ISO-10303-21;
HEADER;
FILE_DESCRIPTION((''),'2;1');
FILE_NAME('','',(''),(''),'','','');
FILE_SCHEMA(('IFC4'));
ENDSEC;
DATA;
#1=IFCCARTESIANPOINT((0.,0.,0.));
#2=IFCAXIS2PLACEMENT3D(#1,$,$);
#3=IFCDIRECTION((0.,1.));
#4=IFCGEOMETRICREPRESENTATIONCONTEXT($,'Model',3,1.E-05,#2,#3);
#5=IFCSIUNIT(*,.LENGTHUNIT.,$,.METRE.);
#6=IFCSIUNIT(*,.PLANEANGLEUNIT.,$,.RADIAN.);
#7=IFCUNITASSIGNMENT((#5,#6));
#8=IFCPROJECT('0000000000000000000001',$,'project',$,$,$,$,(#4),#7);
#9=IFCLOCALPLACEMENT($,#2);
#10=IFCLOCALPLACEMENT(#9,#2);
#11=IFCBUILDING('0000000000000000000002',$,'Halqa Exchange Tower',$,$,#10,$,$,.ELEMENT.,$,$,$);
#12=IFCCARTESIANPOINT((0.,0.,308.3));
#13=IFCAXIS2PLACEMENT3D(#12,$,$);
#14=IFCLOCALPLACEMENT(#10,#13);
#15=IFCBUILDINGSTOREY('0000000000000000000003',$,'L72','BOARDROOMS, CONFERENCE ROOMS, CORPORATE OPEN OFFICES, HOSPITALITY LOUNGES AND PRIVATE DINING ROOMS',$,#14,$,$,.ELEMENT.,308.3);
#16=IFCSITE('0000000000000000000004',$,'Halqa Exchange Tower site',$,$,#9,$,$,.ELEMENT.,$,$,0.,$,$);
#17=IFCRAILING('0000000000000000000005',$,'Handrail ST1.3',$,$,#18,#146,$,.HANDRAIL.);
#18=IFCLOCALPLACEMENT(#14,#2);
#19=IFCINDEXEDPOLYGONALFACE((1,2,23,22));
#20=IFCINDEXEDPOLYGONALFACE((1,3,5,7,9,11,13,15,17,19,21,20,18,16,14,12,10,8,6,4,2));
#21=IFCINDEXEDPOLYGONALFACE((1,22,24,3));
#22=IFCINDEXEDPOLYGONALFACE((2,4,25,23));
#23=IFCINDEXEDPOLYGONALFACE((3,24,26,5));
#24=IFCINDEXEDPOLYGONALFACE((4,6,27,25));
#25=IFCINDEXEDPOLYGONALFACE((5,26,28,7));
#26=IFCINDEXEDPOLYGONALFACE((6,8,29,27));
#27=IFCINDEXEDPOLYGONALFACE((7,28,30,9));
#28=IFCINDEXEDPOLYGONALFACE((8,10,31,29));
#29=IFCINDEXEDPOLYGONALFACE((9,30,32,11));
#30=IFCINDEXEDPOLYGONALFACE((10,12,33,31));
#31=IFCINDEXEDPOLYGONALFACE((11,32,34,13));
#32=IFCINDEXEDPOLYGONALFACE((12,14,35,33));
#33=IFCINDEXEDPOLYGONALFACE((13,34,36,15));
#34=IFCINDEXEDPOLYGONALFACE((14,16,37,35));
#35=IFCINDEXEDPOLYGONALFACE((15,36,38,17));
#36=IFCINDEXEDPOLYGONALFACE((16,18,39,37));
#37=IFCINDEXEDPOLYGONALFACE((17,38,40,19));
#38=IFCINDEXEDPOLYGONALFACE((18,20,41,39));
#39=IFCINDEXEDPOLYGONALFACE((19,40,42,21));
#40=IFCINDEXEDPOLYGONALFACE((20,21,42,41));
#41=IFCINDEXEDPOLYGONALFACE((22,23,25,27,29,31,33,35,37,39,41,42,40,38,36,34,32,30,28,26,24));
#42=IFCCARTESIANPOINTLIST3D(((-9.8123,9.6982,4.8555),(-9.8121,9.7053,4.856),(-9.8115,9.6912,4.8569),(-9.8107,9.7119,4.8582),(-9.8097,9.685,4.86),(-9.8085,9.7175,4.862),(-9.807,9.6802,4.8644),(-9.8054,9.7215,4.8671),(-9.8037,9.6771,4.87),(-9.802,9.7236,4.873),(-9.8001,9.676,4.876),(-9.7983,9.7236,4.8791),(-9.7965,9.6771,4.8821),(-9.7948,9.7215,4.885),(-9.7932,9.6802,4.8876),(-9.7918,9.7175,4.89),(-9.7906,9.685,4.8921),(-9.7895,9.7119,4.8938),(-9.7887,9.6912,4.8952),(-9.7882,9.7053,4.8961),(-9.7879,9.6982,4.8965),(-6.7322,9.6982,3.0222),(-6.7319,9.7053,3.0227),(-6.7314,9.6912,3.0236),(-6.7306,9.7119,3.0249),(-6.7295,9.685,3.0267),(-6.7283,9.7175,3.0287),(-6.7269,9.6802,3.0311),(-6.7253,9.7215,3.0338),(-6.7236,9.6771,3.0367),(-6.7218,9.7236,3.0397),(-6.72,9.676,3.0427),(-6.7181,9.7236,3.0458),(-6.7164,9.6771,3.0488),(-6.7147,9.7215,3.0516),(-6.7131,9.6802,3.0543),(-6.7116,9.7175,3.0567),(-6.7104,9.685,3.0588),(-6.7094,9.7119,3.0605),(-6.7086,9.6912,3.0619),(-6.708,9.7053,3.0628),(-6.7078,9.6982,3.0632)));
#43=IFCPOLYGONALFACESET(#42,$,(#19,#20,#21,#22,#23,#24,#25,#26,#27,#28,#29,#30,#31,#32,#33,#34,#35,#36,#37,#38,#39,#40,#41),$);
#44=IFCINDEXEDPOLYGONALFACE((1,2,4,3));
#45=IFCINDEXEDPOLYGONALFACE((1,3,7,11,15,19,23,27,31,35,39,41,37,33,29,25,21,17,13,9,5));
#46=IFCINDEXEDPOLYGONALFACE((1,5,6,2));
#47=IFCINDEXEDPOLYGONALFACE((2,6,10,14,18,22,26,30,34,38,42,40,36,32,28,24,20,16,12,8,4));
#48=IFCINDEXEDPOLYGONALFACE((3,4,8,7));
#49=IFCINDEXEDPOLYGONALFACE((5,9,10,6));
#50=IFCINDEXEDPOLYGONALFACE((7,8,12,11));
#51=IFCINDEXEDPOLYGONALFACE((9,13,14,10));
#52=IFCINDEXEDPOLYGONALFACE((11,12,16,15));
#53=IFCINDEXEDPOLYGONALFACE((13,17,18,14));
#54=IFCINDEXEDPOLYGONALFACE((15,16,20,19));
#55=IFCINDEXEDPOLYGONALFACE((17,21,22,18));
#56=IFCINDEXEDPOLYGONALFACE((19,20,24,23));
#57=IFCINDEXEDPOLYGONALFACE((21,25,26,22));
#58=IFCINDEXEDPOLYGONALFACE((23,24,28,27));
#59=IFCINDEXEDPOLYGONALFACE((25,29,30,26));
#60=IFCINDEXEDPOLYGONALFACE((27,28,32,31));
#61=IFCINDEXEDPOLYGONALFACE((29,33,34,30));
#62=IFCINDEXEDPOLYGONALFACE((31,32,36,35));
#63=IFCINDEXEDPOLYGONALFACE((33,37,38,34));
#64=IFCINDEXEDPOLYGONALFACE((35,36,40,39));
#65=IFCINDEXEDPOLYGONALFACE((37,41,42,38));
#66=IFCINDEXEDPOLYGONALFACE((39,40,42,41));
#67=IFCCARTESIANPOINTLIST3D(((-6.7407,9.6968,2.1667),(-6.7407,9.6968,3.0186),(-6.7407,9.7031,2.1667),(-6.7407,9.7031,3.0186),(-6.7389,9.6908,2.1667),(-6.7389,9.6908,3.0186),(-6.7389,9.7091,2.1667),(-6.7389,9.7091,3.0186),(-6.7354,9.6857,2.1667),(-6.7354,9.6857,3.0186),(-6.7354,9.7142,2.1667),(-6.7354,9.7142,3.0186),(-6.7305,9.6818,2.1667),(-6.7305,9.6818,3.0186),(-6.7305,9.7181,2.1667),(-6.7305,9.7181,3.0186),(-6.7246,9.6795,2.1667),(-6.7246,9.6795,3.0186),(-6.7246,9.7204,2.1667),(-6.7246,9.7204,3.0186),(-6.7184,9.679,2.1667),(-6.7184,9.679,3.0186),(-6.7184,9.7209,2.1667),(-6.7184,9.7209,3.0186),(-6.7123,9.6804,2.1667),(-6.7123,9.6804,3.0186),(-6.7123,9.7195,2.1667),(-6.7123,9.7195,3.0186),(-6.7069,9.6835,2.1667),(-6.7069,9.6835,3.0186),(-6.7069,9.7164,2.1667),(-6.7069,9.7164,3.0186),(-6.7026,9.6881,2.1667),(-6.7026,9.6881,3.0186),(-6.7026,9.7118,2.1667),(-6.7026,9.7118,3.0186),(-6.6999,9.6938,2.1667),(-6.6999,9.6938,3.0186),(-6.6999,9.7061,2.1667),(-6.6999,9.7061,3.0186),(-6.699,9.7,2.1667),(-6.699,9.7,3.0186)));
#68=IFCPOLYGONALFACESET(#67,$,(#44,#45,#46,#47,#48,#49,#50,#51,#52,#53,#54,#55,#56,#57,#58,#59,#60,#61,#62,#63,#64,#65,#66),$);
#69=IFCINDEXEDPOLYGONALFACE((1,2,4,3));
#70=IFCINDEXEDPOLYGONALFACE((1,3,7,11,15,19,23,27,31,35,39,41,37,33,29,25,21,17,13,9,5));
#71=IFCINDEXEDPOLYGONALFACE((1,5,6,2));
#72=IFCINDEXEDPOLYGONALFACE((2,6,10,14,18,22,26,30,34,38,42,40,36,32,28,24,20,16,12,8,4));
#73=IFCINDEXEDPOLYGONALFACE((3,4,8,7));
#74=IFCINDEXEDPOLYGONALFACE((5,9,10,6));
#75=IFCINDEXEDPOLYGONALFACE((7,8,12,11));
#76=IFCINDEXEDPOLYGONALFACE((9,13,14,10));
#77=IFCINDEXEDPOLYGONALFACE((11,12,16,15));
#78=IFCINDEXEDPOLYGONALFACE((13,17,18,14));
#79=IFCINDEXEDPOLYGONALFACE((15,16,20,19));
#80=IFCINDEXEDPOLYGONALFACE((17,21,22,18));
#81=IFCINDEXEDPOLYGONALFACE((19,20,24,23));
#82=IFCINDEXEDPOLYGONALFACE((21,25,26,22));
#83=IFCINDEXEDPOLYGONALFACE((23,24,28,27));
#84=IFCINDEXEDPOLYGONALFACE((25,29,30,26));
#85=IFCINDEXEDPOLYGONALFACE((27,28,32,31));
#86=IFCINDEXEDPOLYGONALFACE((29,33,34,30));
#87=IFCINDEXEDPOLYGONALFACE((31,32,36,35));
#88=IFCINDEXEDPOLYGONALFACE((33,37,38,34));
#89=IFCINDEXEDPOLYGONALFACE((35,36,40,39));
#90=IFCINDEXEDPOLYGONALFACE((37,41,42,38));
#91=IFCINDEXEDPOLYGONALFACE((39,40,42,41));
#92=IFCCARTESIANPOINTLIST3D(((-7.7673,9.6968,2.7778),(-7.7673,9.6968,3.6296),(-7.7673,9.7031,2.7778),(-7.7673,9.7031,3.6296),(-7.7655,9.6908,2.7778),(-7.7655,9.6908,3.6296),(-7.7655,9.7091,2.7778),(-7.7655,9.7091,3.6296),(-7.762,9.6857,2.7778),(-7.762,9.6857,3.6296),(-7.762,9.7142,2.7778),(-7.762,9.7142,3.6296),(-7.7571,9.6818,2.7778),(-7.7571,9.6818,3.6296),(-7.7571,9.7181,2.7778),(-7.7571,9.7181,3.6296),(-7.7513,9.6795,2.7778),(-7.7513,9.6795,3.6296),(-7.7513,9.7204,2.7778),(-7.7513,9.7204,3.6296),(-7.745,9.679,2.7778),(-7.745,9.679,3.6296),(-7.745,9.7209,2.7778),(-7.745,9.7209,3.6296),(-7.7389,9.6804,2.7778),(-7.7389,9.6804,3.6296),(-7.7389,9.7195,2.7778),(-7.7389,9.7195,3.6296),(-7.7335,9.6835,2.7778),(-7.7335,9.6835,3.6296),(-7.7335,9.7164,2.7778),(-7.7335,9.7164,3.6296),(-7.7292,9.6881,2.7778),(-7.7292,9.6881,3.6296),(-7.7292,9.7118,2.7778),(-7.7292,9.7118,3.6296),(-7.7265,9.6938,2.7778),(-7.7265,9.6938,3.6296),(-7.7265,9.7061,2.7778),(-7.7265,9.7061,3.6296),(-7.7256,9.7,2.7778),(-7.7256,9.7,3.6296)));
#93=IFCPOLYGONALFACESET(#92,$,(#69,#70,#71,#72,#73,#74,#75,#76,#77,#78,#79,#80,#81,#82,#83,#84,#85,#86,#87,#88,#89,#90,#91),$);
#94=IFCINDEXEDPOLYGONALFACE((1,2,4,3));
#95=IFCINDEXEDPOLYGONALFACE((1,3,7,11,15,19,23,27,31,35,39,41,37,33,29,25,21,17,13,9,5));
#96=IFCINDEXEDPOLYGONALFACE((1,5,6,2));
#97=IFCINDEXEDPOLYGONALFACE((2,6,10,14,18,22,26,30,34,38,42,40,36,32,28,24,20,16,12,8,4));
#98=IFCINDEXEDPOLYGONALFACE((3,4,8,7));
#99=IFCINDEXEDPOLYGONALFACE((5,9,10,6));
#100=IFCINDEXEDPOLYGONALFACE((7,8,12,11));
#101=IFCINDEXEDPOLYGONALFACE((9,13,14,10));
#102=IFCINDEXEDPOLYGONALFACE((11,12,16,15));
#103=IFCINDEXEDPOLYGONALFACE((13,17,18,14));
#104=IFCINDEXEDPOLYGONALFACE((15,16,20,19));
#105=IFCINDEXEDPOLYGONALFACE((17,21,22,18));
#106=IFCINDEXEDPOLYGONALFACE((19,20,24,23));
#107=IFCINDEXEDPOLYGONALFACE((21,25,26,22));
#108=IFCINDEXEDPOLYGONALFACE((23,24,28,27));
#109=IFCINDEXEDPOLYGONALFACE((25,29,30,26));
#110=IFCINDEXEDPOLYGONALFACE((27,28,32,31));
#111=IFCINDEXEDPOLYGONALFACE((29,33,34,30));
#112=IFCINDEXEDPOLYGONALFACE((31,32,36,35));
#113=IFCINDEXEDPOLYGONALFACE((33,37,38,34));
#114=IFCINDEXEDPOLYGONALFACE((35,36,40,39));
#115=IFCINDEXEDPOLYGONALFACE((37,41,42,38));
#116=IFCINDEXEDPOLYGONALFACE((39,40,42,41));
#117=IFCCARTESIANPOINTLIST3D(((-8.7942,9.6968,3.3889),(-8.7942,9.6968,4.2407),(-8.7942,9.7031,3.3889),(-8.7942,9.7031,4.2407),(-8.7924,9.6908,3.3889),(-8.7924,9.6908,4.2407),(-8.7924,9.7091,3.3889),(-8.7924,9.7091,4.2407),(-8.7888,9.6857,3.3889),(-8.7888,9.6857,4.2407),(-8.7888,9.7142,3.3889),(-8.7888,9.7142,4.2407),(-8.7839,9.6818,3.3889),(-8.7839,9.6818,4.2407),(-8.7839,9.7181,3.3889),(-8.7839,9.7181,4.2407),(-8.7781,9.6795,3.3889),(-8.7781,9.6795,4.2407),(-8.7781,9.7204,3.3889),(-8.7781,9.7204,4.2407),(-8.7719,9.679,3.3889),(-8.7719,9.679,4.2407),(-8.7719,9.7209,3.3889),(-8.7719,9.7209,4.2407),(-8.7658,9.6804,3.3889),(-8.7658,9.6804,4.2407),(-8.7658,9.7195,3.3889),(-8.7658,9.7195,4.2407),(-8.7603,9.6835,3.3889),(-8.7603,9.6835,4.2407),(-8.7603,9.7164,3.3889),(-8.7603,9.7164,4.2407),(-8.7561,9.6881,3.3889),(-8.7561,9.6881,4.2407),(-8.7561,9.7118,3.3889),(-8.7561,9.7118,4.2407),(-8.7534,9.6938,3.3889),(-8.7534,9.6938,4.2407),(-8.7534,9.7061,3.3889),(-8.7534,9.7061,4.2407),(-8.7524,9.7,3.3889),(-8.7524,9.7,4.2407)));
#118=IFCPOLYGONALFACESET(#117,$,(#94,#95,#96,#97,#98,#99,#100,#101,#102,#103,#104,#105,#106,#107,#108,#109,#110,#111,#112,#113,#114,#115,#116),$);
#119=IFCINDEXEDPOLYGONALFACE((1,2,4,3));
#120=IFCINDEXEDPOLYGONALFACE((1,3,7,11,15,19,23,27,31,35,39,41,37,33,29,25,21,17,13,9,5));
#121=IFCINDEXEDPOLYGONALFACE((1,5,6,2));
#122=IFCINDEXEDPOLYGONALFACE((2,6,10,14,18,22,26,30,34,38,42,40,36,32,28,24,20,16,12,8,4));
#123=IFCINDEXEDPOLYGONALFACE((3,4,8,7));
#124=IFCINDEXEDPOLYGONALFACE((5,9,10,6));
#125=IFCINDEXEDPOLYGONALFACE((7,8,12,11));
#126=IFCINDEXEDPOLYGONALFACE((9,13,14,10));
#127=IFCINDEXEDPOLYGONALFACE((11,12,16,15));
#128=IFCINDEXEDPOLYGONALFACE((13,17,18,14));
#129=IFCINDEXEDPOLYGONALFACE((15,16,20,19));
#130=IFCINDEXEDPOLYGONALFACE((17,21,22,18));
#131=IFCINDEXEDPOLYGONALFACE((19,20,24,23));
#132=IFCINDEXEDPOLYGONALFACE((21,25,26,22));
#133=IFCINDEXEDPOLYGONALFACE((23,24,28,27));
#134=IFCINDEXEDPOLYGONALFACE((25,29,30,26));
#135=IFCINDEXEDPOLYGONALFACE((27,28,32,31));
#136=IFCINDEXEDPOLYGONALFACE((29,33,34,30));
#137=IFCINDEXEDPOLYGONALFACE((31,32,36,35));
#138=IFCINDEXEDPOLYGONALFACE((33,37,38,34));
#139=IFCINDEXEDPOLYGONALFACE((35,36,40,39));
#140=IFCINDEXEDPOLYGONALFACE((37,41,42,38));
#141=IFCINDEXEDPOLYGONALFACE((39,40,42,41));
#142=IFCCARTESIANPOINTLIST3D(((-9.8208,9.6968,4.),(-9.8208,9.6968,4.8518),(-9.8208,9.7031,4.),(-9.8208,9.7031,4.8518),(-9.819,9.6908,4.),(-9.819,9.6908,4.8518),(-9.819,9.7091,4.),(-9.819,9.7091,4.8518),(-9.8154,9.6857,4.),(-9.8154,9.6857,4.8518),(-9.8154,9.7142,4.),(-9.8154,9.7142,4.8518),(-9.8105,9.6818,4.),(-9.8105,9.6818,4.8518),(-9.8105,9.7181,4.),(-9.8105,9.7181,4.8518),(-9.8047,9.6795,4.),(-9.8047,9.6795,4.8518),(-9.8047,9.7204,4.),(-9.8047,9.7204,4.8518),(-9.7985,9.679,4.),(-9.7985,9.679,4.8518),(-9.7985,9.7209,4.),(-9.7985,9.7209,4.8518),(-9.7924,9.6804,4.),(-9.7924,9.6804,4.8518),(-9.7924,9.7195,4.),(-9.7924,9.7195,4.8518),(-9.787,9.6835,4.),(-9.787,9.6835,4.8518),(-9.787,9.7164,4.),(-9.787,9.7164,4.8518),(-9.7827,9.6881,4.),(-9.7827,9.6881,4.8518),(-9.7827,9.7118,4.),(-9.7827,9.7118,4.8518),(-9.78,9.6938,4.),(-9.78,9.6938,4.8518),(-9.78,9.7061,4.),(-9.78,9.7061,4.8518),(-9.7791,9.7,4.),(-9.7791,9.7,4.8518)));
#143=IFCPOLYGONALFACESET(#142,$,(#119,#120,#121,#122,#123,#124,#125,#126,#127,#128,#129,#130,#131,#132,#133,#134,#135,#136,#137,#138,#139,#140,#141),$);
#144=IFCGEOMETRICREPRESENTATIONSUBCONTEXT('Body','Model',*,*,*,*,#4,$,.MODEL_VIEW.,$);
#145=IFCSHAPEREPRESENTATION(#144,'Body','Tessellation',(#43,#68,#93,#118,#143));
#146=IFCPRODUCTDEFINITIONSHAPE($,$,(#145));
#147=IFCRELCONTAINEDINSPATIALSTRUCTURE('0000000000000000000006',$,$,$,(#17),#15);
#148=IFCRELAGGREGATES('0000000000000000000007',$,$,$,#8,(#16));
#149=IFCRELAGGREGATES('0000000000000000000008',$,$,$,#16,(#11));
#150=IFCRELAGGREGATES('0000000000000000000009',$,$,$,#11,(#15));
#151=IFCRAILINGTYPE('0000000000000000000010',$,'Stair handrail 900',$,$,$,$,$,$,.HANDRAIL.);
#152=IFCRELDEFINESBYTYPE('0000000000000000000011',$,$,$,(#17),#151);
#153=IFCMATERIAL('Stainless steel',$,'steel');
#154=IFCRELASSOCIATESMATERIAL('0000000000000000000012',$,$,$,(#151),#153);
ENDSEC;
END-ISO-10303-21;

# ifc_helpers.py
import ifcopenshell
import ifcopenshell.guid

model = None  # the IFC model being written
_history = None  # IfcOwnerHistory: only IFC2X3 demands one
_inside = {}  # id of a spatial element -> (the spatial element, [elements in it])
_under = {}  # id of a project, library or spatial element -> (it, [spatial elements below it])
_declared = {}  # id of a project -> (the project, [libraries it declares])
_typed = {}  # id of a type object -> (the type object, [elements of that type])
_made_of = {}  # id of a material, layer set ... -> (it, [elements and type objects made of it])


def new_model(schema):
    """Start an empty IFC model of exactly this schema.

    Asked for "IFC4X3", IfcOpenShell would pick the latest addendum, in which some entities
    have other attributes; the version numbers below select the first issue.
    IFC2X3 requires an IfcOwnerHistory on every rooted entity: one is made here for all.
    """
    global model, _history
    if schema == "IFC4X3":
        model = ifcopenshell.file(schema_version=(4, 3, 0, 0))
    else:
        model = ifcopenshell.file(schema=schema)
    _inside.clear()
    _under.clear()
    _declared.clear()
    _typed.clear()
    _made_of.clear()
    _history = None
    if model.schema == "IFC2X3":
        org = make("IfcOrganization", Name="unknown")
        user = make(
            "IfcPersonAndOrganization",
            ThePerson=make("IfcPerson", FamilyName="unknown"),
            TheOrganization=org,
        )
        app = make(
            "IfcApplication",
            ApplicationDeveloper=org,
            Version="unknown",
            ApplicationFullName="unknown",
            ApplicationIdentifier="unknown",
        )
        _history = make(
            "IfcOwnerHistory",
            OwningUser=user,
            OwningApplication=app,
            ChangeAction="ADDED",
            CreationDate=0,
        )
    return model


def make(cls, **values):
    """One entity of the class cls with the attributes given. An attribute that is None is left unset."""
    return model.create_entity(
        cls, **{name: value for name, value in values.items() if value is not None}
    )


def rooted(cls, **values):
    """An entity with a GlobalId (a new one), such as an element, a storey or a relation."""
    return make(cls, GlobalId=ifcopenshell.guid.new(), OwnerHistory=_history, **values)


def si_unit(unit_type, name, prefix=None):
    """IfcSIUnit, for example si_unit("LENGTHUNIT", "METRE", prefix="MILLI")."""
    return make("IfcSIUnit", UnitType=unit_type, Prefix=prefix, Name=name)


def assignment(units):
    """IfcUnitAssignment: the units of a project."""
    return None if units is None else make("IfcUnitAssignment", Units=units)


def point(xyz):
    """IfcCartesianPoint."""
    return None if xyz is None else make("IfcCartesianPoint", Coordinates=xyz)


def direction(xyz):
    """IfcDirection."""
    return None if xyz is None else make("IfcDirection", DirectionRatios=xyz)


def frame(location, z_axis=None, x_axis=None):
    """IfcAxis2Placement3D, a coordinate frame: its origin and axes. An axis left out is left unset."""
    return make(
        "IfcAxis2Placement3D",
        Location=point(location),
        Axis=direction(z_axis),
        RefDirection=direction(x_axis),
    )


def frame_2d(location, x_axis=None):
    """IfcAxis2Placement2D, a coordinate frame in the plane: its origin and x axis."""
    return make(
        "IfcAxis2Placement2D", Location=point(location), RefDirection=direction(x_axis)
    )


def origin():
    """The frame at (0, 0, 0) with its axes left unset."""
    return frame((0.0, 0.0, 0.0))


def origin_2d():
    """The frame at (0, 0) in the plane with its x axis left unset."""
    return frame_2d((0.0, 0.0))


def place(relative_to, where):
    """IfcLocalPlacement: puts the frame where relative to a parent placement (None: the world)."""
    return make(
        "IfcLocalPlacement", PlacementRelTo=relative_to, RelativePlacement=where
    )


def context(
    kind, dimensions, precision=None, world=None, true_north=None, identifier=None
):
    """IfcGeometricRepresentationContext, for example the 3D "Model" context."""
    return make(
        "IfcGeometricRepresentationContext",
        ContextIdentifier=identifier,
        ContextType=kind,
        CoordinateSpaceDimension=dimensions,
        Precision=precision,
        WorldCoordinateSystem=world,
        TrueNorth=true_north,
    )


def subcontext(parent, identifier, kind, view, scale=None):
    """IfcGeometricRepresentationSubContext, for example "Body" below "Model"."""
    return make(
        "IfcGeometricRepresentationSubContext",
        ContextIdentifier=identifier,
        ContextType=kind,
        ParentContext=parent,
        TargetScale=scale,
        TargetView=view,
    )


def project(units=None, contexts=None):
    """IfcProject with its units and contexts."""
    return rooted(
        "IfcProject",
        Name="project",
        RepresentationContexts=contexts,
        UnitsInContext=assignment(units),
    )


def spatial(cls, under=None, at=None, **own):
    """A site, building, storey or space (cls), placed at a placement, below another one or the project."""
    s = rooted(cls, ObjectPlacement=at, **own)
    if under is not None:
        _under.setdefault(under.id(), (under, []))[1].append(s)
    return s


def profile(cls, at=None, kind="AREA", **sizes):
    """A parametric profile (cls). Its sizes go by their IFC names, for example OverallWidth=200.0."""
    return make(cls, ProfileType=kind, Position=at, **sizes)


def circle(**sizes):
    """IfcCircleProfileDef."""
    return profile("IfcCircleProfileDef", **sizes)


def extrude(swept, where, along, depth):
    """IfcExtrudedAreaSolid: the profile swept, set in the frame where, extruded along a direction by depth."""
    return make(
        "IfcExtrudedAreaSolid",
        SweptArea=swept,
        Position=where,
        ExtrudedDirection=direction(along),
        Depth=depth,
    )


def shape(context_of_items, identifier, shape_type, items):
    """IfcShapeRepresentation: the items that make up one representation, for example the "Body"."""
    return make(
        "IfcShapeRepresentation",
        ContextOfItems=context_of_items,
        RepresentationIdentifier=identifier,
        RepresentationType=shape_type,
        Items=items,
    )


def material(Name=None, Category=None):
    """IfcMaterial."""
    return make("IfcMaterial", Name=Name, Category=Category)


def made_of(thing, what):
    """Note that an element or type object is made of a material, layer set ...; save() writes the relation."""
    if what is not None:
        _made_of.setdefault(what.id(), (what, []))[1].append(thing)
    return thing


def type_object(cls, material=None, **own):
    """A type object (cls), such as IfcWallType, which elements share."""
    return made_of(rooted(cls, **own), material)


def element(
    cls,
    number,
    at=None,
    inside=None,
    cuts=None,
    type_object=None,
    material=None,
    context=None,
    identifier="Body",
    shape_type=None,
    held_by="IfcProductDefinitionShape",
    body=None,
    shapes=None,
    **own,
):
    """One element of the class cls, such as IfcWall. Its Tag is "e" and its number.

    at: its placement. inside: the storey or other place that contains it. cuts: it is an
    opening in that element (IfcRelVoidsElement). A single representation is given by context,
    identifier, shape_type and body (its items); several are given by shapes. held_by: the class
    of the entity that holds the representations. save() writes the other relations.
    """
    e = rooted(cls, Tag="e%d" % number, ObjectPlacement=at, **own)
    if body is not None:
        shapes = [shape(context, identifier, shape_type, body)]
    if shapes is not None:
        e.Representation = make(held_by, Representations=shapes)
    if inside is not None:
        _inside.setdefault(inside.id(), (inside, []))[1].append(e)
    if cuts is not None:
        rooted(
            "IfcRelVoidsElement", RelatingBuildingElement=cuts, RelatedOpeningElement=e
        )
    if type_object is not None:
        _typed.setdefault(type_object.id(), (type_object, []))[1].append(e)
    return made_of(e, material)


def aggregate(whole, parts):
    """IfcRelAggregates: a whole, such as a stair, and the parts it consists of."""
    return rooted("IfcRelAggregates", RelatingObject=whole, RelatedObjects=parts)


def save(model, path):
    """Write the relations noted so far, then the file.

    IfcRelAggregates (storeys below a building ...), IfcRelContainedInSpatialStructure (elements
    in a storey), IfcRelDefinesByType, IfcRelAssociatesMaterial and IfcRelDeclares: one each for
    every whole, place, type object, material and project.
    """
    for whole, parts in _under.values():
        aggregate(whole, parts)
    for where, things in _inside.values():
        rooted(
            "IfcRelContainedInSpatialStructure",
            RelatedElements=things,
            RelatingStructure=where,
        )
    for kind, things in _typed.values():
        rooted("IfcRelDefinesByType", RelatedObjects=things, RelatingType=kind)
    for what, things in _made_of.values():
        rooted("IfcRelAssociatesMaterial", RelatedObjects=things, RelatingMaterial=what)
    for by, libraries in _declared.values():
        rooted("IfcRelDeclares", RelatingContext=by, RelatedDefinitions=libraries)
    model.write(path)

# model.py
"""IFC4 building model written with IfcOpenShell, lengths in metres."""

from ifc_helpers import new_model, si_unit, direction, frame, origin, origin_2d, place, context, subcontext, project, spatial, circle, extrude, material, type_object, element, save


model = new_model("IFC4")

# Units and contexts
model_context = context("Model", 3, precision=1e-05, world=origin(), true_north=direction((0.0, 1.0)))
body_context = subcontext(model_context, "Body", "Model", "MODEL_VIEW")
ifc_project = project(units=[si_unit("LENGTHUNIT", "METRE"), si_unit("PLANEANGLEUNIT", "RADIAN")], contexts=[model_context])

# Site, building, storey
site_placement = place(None, origin())
site = spatial("IfcSite", under=ifc_project, at=site_placement, Name="Halqa Exchange Tower site", CompositionType="ELEMENT", RefElevation=0.0)
building_placement = place(site_placement, origin())
building = spatial("IfcBuilding", under=site, at=building_placement, Name="Halqa Exchange Tower", CompositionType="ELEMENT")
storey_placement = place(building_placement, frame((0.0, 0.0, 308.3)))
storey = spatial("IfcBuildingStorey", under=building, at=storey_placement, Name="L72", Description="BOARDROOMS, CONFERENCE ROOMS, CORPORATE OPEN OFFICES, HOSPITALITY LOUNGES AND PRIVATE DINING ROOMS", CompositionType="ELEMENT", Elevation=308.3)

# Railing
ifc_material_1 = material(Name="Stainless steel", Category="steel")
railing_type_1 = type_object("IfcRailingType", Name="Stair handrail 900", PredefinedType="HANDRAIL", material=ifc_material_1)
railing_1_placement = place(storey_placement, frame((-6.72, 9.7, 2.1667)))
element("IfcRailing", 1, at=railing_1_placement, inside=storey, type_object=railing_type_1, Name="Handrail ST1.3", PredefinedType="HANDRAIL", context=body_context, shape_type="SweptSolid", body=[
    extrude(circle(Radius=0.0239, at=origin_2d()), frame((0.0, 0.0, 0.876), z_axis=(-0.859309, 0.0, 0.511458), x_axis=(0.0, -1.0, 0.0)), (0.0, 0.0, 1.0), 3.5845),
    extrude(circle(Radius=0.021, at=origin_2d()), origin(), (0.0, 0.0, 1.0), 0.8518),
    extrude(circle(Radius=0.021, at=origin_2d()), frame((-1.0266, 0.0, 0.6111)), (0.0, 0.0, 1.0), 0.8518),
    extrude(circle(Radius=0.021, at=origin_2d()), frame((-2.0535, 0.0, 1.2222)), (0.0, 0.0, 1.0), 0.8518),
    extrude(circle(Radius=0.021, at=origin_2d()), frame((-3.0801, 0.0, 1.8333)), (0.0, 0.0, 1.0), 0.8518),
])

save(model, "model.ifc")
